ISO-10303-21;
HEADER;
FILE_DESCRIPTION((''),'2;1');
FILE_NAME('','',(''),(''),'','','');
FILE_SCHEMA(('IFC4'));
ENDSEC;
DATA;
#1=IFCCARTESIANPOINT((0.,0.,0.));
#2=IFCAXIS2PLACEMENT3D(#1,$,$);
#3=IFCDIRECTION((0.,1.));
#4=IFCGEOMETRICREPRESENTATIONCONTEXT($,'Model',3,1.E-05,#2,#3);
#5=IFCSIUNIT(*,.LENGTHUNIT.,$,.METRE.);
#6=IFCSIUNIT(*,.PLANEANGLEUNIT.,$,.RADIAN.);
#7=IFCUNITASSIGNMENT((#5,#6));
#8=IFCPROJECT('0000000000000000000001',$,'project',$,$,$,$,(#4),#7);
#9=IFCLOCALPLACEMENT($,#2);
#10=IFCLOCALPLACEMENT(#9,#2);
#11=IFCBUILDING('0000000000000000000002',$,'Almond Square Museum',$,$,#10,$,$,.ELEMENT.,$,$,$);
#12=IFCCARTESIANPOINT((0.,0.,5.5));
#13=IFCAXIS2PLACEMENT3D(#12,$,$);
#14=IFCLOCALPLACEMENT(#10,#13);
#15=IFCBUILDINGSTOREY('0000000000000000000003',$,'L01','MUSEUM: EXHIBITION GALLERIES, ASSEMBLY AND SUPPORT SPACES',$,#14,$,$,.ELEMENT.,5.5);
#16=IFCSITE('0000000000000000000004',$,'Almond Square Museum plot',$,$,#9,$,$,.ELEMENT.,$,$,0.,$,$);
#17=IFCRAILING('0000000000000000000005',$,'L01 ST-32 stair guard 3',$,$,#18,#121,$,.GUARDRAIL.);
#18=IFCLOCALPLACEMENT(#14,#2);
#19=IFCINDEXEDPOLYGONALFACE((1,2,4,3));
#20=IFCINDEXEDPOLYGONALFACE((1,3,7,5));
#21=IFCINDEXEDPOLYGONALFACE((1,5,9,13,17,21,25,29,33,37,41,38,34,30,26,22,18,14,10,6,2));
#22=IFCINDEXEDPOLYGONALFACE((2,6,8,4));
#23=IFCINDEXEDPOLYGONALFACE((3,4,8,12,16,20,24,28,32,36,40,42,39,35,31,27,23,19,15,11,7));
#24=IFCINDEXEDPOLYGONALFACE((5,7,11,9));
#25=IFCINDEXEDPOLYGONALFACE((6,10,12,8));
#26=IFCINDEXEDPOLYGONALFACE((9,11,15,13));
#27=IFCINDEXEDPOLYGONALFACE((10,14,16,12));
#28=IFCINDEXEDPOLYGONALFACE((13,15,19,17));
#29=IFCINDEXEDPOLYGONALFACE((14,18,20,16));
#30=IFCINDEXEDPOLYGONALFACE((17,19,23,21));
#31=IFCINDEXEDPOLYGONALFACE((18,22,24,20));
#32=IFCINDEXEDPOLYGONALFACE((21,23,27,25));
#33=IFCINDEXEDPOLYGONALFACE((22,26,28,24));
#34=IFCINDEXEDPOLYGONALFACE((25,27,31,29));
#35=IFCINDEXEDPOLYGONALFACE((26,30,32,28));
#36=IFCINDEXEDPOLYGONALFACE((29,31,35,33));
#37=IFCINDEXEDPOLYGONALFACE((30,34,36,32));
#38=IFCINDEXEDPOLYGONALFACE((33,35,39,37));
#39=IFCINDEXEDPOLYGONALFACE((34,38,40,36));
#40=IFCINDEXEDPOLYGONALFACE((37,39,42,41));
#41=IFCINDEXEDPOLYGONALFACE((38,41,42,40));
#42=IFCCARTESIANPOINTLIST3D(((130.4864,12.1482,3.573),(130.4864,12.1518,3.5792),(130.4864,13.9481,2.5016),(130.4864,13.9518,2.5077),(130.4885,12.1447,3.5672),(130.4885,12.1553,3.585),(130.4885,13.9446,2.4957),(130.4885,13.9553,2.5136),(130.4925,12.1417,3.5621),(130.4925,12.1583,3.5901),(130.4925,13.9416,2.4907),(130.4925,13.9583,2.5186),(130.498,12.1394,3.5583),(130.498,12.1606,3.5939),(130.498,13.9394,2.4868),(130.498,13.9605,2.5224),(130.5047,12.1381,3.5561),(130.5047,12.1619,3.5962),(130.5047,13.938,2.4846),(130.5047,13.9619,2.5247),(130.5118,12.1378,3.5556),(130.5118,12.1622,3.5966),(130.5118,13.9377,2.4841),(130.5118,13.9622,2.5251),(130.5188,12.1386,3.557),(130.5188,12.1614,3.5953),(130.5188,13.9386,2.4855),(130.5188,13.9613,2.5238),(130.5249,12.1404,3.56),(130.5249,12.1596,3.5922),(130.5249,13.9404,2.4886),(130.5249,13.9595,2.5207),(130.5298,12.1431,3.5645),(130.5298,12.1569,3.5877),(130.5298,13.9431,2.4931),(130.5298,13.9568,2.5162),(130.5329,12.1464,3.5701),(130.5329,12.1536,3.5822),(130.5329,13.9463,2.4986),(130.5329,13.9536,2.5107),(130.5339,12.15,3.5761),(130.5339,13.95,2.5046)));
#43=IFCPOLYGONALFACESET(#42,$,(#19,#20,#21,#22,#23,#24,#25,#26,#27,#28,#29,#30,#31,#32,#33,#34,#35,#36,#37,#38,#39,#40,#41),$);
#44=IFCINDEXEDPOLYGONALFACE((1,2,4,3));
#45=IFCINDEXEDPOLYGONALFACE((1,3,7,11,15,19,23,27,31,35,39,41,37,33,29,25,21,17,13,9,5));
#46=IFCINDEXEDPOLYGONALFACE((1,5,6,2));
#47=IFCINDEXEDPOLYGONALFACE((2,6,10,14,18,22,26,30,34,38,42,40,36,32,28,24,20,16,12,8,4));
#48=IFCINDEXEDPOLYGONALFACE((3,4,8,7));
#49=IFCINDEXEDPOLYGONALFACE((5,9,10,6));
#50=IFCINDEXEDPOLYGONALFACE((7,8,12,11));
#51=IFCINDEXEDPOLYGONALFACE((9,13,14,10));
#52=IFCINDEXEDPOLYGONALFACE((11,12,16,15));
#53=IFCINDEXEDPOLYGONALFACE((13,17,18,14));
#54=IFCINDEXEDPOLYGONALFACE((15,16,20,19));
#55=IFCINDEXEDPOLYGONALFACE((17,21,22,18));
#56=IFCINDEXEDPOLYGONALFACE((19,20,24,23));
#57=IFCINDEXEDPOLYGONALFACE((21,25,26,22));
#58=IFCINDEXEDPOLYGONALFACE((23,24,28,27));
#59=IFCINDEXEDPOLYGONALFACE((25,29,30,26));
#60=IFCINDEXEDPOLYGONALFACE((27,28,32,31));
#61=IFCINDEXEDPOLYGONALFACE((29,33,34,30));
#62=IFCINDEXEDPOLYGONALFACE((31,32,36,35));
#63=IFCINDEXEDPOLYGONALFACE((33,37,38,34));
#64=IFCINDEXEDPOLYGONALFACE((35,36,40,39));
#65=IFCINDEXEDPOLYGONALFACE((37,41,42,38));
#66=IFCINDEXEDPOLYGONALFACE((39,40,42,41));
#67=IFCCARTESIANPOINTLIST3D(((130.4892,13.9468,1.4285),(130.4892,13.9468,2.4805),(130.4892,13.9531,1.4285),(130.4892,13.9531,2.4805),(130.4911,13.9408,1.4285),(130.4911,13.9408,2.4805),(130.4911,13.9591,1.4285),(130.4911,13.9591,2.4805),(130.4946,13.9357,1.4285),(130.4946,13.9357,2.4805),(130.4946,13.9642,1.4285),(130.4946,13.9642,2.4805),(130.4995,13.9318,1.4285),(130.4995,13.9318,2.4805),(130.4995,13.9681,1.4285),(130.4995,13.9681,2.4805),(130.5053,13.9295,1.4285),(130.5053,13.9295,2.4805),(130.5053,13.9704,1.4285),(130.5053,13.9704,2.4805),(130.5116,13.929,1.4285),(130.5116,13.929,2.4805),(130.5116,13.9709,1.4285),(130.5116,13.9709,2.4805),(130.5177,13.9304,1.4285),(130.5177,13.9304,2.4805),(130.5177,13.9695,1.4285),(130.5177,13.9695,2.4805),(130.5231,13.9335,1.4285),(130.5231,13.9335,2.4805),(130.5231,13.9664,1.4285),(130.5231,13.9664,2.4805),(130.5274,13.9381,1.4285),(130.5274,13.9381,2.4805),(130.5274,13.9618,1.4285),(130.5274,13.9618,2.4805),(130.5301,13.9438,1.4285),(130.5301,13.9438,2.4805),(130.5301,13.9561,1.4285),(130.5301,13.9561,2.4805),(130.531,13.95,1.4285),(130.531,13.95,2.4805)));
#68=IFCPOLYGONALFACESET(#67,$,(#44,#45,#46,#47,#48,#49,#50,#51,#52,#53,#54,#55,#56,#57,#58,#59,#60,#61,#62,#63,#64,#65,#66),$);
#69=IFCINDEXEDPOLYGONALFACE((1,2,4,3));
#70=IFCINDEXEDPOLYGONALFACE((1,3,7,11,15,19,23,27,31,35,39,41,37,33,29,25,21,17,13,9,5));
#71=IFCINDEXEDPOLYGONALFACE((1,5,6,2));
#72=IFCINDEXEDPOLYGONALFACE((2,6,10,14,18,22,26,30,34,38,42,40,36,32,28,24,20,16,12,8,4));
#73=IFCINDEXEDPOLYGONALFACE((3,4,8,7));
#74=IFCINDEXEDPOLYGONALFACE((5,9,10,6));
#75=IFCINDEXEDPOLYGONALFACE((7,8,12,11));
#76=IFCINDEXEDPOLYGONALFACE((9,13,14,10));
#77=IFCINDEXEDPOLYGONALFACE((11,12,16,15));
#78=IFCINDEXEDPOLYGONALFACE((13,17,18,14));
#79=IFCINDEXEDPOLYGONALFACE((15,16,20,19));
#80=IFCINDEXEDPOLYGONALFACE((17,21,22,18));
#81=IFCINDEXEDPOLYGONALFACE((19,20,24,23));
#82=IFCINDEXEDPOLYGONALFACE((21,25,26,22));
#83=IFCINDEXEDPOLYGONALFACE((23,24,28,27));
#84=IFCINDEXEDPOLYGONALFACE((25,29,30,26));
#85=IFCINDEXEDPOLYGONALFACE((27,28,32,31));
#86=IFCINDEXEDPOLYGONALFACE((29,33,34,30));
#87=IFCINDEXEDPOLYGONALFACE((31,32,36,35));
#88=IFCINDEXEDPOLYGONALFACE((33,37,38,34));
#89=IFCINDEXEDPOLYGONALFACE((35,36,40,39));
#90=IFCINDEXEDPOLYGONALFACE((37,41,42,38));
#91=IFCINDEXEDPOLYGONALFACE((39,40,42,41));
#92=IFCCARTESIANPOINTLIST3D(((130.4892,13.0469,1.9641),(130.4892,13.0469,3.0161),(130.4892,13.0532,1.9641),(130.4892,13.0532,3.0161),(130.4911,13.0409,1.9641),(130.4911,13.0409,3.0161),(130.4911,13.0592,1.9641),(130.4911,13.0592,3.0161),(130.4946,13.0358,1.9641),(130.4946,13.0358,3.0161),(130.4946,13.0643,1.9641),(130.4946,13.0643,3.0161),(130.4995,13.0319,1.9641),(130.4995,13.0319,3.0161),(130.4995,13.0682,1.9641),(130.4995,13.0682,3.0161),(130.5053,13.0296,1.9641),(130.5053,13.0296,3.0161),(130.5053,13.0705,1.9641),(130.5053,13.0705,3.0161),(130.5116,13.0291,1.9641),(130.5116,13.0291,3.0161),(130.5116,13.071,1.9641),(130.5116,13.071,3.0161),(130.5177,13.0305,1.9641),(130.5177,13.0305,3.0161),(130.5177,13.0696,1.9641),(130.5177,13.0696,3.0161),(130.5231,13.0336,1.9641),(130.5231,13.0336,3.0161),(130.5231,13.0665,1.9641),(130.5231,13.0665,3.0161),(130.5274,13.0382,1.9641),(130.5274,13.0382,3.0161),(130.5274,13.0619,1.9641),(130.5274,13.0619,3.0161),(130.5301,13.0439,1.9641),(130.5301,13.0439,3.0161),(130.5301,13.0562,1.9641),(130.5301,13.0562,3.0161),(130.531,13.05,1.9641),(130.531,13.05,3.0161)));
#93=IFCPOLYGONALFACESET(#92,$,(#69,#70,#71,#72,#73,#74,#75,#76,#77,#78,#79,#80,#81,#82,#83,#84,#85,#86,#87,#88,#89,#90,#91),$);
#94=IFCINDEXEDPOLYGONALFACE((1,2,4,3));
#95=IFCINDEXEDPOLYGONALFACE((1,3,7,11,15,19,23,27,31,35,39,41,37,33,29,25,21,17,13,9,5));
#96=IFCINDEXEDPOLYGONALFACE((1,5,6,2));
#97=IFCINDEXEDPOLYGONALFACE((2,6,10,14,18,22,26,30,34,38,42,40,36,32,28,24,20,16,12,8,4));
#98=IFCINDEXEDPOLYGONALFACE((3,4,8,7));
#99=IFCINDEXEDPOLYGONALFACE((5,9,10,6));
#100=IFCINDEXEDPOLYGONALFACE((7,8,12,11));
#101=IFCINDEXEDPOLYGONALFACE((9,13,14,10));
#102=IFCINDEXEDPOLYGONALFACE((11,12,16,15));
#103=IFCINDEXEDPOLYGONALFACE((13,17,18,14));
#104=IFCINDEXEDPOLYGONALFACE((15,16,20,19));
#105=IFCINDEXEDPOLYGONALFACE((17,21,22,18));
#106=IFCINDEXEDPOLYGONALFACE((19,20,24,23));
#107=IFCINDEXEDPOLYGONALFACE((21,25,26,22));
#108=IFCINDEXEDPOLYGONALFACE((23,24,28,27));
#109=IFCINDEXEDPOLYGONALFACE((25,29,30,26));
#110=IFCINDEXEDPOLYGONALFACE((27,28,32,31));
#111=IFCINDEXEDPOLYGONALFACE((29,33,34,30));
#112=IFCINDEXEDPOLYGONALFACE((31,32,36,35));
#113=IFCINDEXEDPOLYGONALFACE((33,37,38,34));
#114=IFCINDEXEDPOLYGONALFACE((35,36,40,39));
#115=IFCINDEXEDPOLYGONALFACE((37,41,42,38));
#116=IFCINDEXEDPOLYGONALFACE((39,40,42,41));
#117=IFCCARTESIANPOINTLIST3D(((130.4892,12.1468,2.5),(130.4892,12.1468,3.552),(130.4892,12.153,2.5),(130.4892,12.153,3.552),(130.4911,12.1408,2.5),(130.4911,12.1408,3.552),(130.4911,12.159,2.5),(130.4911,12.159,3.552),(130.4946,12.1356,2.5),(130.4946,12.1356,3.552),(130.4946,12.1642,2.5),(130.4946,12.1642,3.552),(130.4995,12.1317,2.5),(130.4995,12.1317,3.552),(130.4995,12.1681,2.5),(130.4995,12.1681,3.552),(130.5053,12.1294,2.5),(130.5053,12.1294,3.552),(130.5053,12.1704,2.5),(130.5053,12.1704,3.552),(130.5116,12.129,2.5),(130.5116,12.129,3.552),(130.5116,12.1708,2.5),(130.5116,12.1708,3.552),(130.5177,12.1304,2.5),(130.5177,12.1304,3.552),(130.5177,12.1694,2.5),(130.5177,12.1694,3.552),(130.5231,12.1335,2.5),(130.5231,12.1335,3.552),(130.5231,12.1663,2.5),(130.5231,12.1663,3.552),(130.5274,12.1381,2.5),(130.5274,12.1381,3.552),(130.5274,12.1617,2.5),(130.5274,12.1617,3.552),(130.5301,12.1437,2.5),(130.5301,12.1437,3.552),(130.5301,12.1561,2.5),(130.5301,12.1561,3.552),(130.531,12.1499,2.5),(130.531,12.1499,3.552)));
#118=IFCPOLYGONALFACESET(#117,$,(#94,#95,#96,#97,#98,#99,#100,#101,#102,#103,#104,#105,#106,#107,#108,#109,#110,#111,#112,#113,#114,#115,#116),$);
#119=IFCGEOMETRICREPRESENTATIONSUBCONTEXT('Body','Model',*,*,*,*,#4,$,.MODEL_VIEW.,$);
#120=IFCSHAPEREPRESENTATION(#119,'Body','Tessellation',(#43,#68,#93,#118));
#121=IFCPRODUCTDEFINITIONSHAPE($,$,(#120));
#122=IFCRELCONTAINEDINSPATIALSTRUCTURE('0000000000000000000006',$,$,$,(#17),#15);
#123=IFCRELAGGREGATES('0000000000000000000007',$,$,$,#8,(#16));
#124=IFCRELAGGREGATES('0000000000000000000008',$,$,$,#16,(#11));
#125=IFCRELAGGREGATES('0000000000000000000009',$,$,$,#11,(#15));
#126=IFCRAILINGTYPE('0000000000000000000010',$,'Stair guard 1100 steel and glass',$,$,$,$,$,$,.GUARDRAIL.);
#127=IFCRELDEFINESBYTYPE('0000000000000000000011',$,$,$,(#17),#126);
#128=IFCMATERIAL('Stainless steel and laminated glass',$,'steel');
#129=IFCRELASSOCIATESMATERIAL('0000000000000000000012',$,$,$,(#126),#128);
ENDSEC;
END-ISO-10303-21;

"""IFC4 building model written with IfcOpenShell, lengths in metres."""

from ifc_helpers import new_model, si_unit, direction, frame, origin, origin_2d, place, context, subcontext, project, spatial, circle, extrude, material, type_object, element, save


model = new_model("IFC4")

# Units and contexts
model_context = context("Model", 3, precision=1e-05, world=origin(), true_north=direction((0.0, 1.0)))
body_context = subcontext(model_context, "Body", "Model", "MODEL_VIEW")
ifc_project = project(units=[si_unit("LENGTHUNIT", "METRE"), si_unit("PLANEANGLEUNIT", "RADIAN")], contexts=[model_context])

# Site, building, storey
site_placement = place(None, origin())
site = spatial("IfcSite", under=ifc_project, at=site_placement, Name="Almond Square Museum plot", CompositionType="ELEMENT", RefElevation=0.0)
building_placement = place(site_placement, origin())
building = spatial("IfcBuilding", under=site, at=building_placement, Name="Almond Square Museum", CompositionType="ELEMENT")
storey_placement = place(building_placement, frame((0.0, 0.0, 5.5)))
storey = spatial("IfcBuildingStorey", under=building, at=storey_placement, Name="L01", Description="MUSEUM: EXHIBITION GALLERIES, ASSEMBLY AND SUPPORT SPACES", CompositionType="ELEMENT", Elevation=5.5)

# Railing
ifc_material_1 = material(Name="Stainless steel and laminated glass", Category="steel")
railing_type_1 = type_object("IfcRailingType", Name="Stair guard 1100 steel and glass", PredefinedType="GUARDRAIL", material=ifc_material_1)
railing_1_placement = place(storey_placement, frame((130.51, 13.95, 1.4285)))
element("IfcRailing", 1, at=railing_1_placement, inside=storey, type_object=railing_type_1, Name="L01 ST-32 stair guard 3", PredefinedType="GUARDRAIL", context=body_context, shape_type="SweptSolid", body=[
    extrude(circle(Radius=0.0239, at=origin_2d()), frame((0.0, 0.0, 1.0762), z_axis=(0.0, -0.859277, 0.51151), x_axis=(1.0, 0.0, 0.0)), (0.0, 0.0, 1.0), 2.0947),
    extrude(circle(Radius=0.021, at=origin_2d()), origin(), (0.0, 0.0, 1.0), 1.052),
    extrude(circle(Radius=0.021, at=origin_2d()), frame((0.0, -0.8999, 0.5356)), (0.0, 0.0, 1.0), 1.052),
    extrude(circle(Radius=0.021, at=origin_2d()), frame((0.0, -1.8, 1.0715)), (0.0, 0.0, 1.0), 1.052),
])

save(model, "model.ifc")
